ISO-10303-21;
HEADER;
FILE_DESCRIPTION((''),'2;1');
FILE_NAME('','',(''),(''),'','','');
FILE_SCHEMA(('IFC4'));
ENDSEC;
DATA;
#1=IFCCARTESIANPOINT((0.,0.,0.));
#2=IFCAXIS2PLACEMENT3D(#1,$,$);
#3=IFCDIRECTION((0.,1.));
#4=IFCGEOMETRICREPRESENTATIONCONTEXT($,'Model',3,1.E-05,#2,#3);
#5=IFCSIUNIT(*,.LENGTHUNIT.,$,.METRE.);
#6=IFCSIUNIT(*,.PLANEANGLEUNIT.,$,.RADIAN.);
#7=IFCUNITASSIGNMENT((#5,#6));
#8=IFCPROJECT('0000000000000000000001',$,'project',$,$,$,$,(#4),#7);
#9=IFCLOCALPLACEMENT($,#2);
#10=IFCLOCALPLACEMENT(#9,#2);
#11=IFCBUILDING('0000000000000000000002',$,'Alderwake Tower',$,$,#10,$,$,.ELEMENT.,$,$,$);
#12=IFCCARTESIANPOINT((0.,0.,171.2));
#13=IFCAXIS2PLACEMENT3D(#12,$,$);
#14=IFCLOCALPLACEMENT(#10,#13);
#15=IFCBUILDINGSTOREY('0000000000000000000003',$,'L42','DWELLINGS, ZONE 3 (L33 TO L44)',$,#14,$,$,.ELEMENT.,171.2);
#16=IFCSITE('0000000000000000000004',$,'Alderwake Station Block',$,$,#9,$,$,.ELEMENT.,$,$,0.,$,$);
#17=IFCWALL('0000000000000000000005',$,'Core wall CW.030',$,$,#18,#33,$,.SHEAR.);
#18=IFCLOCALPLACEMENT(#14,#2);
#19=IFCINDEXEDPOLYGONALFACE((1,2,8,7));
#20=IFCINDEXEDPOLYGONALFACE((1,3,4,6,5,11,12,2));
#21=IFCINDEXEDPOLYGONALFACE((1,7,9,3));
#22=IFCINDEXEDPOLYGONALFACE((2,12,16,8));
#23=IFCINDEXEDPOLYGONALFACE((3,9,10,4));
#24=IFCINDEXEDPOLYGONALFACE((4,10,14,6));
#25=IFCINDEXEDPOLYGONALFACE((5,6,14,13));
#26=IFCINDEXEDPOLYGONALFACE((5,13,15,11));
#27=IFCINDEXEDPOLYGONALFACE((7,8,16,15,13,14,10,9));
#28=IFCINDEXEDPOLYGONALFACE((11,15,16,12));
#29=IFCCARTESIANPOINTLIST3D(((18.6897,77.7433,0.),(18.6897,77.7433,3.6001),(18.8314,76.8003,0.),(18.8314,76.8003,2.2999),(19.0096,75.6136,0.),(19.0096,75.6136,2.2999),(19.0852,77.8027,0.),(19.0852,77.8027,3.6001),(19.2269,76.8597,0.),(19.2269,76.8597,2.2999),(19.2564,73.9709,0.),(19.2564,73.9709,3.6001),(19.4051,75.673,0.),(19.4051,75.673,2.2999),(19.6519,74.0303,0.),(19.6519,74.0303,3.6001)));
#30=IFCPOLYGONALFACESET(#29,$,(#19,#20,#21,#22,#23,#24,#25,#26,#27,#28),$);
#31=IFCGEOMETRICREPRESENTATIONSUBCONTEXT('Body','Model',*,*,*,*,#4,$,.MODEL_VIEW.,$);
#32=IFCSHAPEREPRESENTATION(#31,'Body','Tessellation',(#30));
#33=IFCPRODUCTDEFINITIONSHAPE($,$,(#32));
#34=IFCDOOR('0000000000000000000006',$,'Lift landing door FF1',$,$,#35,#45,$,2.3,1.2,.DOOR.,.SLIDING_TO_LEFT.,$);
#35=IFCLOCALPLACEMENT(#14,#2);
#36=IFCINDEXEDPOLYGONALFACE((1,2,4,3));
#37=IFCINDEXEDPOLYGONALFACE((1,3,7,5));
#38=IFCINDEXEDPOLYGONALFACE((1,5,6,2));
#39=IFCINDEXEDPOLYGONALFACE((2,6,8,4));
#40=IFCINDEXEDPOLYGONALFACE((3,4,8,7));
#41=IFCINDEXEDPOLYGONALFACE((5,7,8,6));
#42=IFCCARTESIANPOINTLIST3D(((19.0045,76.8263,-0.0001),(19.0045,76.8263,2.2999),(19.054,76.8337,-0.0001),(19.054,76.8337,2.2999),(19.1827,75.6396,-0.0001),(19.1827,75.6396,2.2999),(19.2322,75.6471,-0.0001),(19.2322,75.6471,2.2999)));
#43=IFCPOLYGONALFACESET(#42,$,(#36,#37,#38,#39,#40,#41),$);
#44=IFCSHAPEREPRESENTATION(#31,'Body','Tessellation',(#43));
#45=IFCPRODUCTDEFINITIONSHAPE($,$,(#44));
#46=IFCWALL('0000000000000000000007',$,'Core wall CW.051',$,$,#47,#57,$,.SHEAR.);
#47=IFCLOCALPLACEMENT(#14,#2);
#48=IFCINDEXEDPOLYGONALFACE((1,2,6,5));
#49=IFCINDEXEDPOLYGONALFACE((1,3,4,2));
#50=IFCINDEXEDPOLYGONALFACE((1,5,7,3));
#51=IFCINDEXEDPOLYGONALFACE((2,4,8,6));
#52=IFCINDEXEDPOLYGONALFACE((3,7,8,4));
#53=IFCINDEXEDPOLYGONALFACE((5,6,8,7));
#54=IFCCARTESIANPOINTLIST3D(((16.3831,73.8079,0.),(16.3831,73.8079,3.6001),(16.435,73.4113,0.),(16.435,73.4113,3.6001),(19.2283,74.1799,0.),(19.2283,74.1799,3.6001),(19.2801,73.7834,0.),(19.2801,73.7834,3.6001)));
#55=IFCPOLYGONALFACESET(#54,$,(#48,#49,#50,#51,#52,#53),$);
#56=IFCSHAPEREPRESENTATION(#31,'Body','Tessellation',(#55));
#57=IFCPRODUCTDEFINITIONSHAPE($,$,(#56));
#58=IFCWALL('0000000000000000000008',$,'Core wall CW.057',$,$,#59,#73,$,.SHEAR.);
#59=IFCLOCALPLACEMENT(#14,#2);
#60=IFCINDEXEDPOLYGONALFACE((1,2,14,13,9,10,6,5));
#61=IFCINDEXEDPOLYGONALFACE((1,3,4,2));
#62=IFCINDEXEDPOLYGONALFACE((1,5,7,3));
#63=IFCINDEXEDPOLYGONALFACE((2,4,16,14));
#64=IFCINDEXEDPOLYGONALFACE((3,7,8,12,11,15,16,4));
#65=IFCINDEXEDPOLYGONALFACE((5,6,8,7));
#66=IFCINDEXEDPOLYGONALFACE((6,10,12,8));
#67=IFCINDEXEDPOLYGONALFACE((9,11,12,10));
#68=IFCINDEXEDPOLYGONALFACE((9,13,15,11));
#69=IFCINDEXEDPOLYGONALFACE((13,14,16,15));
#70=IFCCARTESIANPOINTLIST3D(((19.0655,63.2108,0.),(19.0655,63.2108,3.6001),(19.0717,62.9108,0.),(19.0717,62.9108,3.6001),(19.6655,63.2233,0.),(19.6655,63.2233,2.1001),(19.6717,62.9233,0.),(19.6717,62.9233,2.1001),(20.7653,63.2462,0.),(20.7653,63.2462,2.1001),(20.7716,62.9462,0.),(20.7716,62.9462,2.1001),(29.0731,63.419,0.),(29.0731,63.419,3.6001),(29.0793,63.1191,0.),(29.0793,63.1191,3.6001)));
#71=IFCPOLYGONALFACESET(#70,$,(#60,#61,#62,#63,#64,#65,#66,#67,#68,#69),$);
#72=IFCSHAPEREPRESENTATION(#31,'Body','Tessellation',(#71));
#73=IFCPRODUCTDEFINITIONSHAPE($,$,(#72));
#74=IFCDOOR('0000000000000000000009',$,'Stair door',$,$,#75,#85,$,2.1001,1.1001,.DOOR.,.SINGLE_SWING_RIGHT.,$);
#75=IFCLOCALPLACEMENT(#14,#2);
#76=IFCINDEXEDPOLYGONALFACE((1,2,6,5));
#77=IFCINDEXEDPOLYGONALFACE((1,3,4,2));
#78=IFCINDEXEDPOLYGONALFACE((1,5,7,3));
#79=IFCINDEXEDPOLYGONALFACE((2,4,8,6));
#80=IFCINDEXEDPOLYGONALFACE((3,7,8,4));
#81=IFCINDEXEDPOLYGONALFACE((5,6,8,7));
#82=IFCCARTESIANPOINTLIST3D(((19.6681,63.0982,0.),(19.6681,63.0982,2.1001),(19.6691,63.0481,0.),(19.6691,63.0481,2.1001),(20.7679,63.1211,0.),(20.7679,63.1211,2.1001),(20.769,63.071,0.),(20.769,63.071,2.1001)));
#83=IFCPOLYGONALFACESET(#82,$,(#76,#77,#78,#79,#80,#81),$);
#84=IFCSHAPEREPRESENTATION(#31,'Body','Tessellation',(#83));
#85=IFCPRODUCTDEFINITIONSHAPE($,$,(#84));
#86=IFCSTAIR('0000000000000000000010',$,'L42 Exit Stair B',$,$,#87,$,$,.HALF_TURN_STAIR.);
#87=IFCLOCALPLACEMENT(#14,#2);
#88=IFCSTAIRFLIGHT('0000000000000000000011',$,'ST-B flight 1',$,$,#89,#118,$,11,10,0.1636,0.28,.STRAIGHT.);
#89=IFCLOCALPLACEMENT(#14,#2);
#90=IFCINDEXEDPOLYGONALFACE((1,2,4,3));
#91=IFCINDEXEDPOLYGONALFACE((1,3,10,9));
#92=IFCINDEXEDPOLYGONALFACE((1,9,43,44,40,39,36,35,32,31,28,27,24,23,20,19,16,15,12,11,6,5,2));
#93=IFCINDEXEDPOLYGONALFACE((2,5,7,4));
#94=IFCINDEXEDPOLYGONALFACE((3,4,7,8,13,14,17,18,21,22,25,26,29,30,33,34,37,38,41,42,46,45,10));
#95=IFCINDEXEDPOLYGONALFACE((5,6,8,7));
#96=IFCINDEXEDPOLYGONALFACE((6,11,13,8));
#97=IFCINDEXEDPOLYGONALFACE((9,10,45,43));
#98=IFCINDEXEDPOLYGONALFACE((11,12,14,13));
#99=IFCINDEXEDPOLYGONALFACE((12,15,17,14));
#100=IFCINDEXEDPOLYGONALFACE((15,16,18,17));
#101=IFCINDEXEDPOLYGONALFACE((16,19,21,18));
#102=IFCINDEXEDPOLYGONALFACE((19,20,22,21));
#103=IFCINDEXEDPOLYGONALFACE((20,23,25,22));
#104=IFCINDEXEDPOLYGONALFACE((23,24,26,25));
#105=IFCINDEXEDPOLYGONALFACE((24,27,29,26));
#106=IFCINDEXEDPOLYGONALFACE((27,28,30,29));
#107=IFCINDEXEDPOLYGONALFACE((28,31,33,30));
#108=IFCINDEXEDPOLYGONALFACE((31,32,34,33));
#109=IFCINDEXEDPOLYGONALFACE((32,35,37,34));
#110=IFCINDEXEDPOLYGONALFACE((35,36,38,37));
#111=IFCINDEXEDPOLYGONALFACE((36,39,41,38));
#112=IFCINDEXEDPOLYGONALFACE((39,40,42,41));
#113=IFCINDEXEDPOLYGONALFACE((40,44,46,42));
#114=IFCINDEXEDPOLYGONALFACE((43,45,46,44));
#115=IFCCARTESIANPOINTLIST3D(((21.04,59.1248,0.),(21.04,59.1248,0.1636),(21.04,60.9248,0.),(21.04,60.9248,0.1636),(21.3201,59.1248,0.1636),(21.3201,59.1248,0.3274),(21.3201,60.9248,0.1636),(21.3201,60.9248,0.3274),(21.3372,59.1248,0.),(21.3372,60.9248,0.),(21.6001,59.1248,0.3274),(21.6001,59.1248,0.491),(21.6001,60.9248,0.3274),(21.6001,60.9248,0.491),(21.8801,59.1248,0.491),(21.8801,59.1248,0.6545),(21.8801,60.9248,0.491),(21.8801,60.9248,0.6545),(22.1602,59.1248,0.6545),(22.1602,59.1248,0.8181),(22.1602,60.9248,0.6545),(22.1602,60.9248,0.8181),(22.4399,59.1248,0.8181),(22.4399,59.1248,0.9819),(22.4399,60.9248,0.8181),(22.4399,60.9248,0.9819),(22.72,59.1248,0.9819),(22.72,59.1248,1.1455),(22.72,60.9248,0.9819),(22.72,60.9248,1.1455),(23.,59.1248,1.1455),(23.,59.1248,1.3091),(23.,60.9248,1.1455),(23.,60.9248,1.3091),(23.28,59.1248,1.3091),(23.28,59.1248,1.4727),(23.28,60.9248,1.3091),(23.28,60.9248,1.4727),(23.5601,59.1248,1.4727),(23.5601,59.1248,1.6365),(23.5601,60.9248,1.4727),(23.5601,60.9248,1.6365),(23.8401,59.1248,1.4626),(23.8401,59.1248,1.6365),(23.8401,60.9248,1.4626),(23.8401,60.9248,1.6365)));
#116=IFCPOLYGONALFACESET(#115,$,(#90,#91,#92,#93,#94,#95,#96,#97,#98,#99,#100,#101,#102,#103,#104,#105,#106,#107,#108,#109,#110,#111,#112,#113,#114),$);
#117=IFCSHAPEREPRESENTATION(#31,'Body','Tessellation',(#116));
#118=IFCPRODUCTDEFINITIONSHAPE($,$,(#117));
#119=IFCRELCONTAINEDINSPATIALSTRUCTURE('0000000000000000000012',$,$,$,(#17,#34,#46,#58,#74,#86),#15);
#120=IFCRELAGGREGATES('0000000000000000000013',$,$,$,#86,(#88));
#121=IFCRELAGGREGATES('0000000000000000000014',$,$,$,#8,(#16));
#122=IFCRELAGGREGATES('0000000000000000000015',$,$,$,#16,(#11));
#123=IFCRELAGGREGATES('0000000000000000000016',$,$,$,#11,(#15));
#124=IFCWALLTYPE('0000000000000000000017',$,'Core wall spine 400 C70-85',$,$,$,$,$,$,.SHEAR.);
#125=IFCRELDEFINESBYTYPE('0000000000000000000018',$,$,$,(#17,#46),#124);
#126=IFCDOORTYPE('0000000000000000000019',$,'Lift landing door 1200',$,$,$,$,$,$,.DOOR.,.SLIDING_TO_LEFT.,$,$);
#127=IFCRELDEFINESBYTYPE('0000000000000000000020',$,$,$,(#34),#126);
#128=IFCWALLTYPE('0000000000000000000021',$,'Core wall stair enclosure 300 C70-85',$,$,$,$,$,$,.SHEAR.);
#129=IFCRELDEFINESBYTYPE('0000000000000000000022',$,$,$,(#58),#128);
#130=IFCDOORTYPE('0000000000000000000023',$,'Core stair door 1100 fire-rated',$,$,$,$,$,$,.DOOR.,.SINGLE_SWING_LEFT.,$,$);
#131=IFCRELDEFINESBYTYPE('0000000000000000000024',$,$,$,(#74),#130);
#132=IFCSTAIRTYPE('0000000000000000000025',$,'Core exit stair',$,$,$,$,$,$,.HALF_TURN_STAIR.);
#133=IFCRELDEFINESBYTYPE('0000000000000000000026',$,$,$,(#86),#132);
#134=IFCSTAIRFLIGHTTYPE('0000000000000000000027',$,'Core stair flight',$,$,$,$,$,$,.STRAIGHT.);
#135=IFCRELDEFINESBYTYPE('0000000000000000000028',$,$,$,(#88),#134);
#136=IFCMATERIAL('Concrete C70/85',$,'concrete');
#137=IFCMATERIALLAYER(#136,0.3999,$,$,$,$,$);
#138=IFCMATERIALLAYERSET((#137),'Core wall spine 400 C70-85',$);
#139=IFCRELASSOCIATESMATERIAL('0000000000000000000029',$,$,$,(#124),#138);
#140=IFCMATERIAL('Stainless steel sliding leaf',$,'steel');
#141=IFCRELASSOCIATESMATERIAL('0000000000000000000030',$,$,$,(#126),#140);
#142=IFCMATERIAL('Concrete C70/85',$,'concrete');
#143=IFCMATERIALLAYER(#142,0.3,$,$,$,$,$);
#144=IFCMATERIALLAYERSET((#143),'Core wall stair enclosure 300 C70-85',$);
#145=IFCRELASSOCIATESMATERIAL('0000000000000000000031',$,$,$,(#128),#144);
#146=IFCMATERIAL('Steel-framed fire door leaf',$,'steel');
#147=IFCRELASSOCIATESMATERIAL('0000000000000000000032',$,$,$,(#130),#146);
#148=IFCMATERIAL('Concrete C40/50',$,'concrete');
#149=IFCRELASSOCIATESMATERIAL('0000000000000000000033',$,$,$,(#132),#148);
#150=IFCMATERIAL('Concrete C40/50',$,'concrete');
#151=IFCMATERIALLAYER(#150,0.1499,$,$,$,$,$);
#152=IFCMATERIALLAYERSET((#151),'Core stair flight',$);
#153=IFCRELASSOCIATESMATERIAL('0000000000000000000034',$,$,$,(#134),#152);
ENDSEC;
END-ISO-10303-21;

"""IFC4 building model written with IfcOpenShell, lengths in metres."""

from ifc_helpers import new_model, si_unit, direction, frame, frame_2d, origin, place, context, subcontext, project, spatial, polyline, rectangle, outline, extrude, material, layer, layer_set, type_object, element, fill, aggregate, save


model = new_model("IFC4")

# Units and contexts
model_context = context("Model", 3, precision=1e-05, world=origin(), true_north=direction((0.0, 1.0)))
body_context = subcontext(model_context, "Body", "Model", "MODEL_VIEW")
ifc_project = project(units=[si_unit("LENGTHUNIT", "METRE"), si_unit("PLANEANGLEUNIT", "RADIAN")], contexts=[model_context])

# Site, building, storey
site_placement = place(None, origin())
site = spatial("IfcSite", under=ifc_project, at=site_placement, Name="Alderwake Station Block", CompositionType="ELEMENT", RefElevation=0.0)
building_placement = place(site_placement, origin())
building = spatial("IfcBuilding", under=site, at=building_placement, Name="Alderwake Tower", CompositionType="ELEMENT")
storey_placement = place(building_placement, frame((0.0, 0.0, 171.2)))
storey = spatial("IfcBuildingStorey", under=building, at=storey_placement, Name="L42", Description="DWELLINGS, ZONE 3 (L33 TO L44)", CompositionType="ELEMENT", Elevation=171.2)

# Shared definitions
ifc_material_1 = material(Name="Concrete C70/85", Category="concrete")
ifc_layer_1 = layer(ifc_material_1, 0.3999)
ifc_layer_set_1 = layer_set([ifc_layer_1], Name="Core wall spine 400 C70-85")
wall_type_1 = type_object("IfcWallType", Name="Core wall spine 400 C70-85", PredefinedType="SHEAR", material=ifc_layer_set_1)

# Wall, opening, door
wall_1_placement = place(storey_placement, frame((19.4541, 74.0007, 0.0), z_axis=(0.0, 0.0, 1.0), x_axis=(-0.148541, 0.988906, 0.0)))
wall_1 = element("IfcWall", 1, at=wall_1_placement, inside=storey, type_object=wall_type_1, Name="Core wall CW.030", PredefinedType="SHEAR", context=body_context, shape_type="SweptSolid", body=[
    extrude(rectangle(XDim=3.8147, YDim=0.3999, at=frame_2d((1.9072, 0.0))), origin(), (0.0, 0.0, 1.0), 3.6001),
])
opening_1_placement = place(wall_1_placement, frame((1.6609, 0.0, 0.0)))
opening_1 = element("IfcOpeningElement", 2, at=opening_1_placement, cuts=wall_1, PredefinedType="OPENING", context=body_context, shape_type="SweptSolid", body=[
    extrude(rectangle(XDim=1.2, YDim=2.3, at=frame_2d((0.6001, 1.1499))), frame((0.0, 0.21, 0.0), z_axis=(0.0, -1.0, 0.0), x_axis=(1.0, 0.0, 0.0)), (0.0, 0.0, 1.0), 0.4199),
])
ifc_material_2 = material(Name="Stainless steel sliding leaf", Category="steel")
door_type_1 = type_object("IfcDoorType", Name="Lift landing door 1200", OperationType="SLIDING_TO_LEFT", PredefinedType="DOOR", material=ifc_material_2)
door_1_placement = place(opening_1_placement, origin())
door_1 = element("IfcDoor", 3, at=door_1_placement, inside=storey, type_object=door_type_1, Name="Lift landing door FF1", OperationType="SLIDING_TO_LEFT", OverallHeight=2.3, OverallWidth=1.2, PredefinedType="DOOR", context=body_context, shape_type="SweptSolid", body=[
    extrude(rectangle(XDim=1.2, YDim=2.3, at=frame_2d((0.6001, 1.1499))), frame((0.0, 0.0249, 0.0), z_axis=(0.0, -1.0, 0.0), x_axis=(1.0, 0.0, 0.0)), (0.0, 0.0, 1.0), 0.05),
])
fill(opening_1, door_1)

# Wall
wall_2_placement = place(storey_placement, frame((16.4092, 73.6096, 0.0), z_axis=(0.0, 0.0, 1.0), x_axis=(0.991558, 0.129667, 0.0)))
element("IfcWall", 4, at=wall_2_placement, inside=storey, type_object=wall_type_1, Name="Core wall CW.051", PredefinedType="SHEAR", context=body_context, shape_type="SweptSolid", body=[
    extrude(rectangle(XDim=2.8694, YDim=0.3999, at=frame_2d((1.4346, 0.0))), origin(), (0.0, 0.0, 1.0), 3.6001),
])

# Wall, opening, door
ifc_material_3 = material(Name="Concrete C70/85", Category="concrete")
ifc_layer_2 = layer(ifc_material_3, 0.3)
ifc_layer_set_2 = layer_set([ifc_layer_2], Name="Core wall stair enclosure 300 C70-85")
wall_type_2 = type_object("IfcWallType", Name="Core wall stair enclosure 300 C70-85", PredefinedType="SHEAR", material=ifc_layer_set_2)
wall_3_placement = place(storey_placement, frame((19.0686, 63.0608, 0.0), z_axis=(0.0, 0.0, 1.0), x_axis=(0.999784, 0.020805, 0.0)))
wall_3 = element("IfcWall", 5, at=wall_3_placement, inside=storey, type_object=wall_type_2, Name="Core wall CW.057", PredefinedType="SHEAR", context=body_context, shape_type="SweptSolid", body=[
    extrude(rectangle(XDim=10.0098, YDim=0.3, at=frame_2d((5.0049, 0.0))), origin(), (0.0, 0.0, 1.0), 3.6001),
])
opening_2_placement = place(wall_3_placement, frame((0.6001, 0.0, 0.0)))
opening_2 = element("IfcOpeningElement", 6, at=opening_2_placement, cuts=wall_3, PredefinedType="OPENING", context=body_context, shape_type="SweptSolid", body=[
    extrude(rectangle(XDim=1.1001, YDim=2.1001, at=frame_2d((0.55, 1.05))), frame((0.0, 0.1599, 0.0), z_axis=(0.0, -1.0, 0.0), x_axis=(1.0, 0.0, 0.0)), (0.0, 0.0, 1.0), 0.3201),
])
ifc_material_4 = material(Name="Steel-framed fire door leaf", Category="steel")
door_type_2 = type_object("IfcDoorType", Name="Core stair door 1100 fire-rated", OperationType="SINGLE_SWING_LEFT", PredefinedType="DOOR", material=ifc_material_4)
door_2_placement = place(opening_2_placement, origin())
door_2 = element("IfcDoor", 7, at=door_2_placement, inside=storey, type_object=door_type_2, Name="Stair door", OperationType="SINGLE_SWING_RIGHT", OverallHeight=2.1001, OverallWidth=1.1001, PredefinedType="DOOR", context=body_context, shape_type="SweptSolid", body=[
    extrude(rectangle(XDim=1.1001, YDim=2.1001, at=frame_2d((0.55, 1.05))), frame((0.0, 0.0249, 0.0), z_axis=(0.0, -1.0, 0.0), x_axis=(1.0, 0.0, 0.0)), (0.0, 0.0, 1.0), 0.05),
])
fill(opening_2, door_2)

# Stair, stair flight
ifc_material_5 = material(Name="Concrete C40/50", Category="concrete")
stair_type = type_object("IfcStairType", Name="Core exit stair", PredefinedType="HALF_TURN_STAIR", material=ifc_material_5)
stair_placement = place(storey_placement, origin())
stair = element("IfcStair", 8, at=stair_placement, inside=storey, type_object=stair_type, Name="L42 Exit Stair B", PredefinedType="HALF_TURN_STAIR")
ifc_material_6 = material(Name="Concrete C40/50", Category="concrete")
ifc_layer_3 = layer(ifc_material_6, 0.1499)
ifc_layer_set_3 = layer_set([ifc_layer_3], Name="Core stair flight")
stair_flight_type = type_object("IfcStairFlightType", Name="Core stair flight", PredefinedType="STRAIGHT", material=ifc_layer_set_3)
stair_flight_placement = place(storey_placement, frame((21.04, 60.0249, 0.0), z_axis=(0.0, 0.0, 1.0), x_axis=(1.0, 0.0, 0.0)))
stair_flight = element("IfcStairFlight", 9, at=stair_flight_placement, type_object=stair_flight_type, Name="ST-B flight 1", NumberOfRisers=11, NumberOfTreads=10, PredefinedType="STRAIGHT", RiserHeight=0.1636, TreadLength=0.28, context=body_context, shape_type="SweptSolid", body=[
    extrude(outline(polyline([(0.0, 0.0), (0.0, 0.1636), (0.28, 0.1636), (0.28, 0.3274), (0.5601, 0.3274), (0.5601, 0.491), (0.8401, 0.491), (0.8401, 0.6545), (1.1201, 0.6545), (1.1201, 0.8181), (1.3999, 0.8181), (1.3999, 0.9819), (1.6799, 0.9819), (1.6799, 1.1455), (1.96, 1.1455), (1.96, 1.3091), (2.24, 1.3091), (2.24, 1.4727), (2.52, 1.4727), (2.52, 1.6365), (2.8, 1.6365), (2.8, 1.8), (2.8, 1.4626), (0.2971, 0.0), (0.0, 0.0)])), frame((0.0, 0.8999, 0.0), z_axis=(0.0, -1.0, 0.0), x_axis=(1.0, 0.0, 0.0)), (0.0, 0.0, 1.0), 1.8),
])
aggregate(stair, [stair_flight])

save(model, "model.ifc")
